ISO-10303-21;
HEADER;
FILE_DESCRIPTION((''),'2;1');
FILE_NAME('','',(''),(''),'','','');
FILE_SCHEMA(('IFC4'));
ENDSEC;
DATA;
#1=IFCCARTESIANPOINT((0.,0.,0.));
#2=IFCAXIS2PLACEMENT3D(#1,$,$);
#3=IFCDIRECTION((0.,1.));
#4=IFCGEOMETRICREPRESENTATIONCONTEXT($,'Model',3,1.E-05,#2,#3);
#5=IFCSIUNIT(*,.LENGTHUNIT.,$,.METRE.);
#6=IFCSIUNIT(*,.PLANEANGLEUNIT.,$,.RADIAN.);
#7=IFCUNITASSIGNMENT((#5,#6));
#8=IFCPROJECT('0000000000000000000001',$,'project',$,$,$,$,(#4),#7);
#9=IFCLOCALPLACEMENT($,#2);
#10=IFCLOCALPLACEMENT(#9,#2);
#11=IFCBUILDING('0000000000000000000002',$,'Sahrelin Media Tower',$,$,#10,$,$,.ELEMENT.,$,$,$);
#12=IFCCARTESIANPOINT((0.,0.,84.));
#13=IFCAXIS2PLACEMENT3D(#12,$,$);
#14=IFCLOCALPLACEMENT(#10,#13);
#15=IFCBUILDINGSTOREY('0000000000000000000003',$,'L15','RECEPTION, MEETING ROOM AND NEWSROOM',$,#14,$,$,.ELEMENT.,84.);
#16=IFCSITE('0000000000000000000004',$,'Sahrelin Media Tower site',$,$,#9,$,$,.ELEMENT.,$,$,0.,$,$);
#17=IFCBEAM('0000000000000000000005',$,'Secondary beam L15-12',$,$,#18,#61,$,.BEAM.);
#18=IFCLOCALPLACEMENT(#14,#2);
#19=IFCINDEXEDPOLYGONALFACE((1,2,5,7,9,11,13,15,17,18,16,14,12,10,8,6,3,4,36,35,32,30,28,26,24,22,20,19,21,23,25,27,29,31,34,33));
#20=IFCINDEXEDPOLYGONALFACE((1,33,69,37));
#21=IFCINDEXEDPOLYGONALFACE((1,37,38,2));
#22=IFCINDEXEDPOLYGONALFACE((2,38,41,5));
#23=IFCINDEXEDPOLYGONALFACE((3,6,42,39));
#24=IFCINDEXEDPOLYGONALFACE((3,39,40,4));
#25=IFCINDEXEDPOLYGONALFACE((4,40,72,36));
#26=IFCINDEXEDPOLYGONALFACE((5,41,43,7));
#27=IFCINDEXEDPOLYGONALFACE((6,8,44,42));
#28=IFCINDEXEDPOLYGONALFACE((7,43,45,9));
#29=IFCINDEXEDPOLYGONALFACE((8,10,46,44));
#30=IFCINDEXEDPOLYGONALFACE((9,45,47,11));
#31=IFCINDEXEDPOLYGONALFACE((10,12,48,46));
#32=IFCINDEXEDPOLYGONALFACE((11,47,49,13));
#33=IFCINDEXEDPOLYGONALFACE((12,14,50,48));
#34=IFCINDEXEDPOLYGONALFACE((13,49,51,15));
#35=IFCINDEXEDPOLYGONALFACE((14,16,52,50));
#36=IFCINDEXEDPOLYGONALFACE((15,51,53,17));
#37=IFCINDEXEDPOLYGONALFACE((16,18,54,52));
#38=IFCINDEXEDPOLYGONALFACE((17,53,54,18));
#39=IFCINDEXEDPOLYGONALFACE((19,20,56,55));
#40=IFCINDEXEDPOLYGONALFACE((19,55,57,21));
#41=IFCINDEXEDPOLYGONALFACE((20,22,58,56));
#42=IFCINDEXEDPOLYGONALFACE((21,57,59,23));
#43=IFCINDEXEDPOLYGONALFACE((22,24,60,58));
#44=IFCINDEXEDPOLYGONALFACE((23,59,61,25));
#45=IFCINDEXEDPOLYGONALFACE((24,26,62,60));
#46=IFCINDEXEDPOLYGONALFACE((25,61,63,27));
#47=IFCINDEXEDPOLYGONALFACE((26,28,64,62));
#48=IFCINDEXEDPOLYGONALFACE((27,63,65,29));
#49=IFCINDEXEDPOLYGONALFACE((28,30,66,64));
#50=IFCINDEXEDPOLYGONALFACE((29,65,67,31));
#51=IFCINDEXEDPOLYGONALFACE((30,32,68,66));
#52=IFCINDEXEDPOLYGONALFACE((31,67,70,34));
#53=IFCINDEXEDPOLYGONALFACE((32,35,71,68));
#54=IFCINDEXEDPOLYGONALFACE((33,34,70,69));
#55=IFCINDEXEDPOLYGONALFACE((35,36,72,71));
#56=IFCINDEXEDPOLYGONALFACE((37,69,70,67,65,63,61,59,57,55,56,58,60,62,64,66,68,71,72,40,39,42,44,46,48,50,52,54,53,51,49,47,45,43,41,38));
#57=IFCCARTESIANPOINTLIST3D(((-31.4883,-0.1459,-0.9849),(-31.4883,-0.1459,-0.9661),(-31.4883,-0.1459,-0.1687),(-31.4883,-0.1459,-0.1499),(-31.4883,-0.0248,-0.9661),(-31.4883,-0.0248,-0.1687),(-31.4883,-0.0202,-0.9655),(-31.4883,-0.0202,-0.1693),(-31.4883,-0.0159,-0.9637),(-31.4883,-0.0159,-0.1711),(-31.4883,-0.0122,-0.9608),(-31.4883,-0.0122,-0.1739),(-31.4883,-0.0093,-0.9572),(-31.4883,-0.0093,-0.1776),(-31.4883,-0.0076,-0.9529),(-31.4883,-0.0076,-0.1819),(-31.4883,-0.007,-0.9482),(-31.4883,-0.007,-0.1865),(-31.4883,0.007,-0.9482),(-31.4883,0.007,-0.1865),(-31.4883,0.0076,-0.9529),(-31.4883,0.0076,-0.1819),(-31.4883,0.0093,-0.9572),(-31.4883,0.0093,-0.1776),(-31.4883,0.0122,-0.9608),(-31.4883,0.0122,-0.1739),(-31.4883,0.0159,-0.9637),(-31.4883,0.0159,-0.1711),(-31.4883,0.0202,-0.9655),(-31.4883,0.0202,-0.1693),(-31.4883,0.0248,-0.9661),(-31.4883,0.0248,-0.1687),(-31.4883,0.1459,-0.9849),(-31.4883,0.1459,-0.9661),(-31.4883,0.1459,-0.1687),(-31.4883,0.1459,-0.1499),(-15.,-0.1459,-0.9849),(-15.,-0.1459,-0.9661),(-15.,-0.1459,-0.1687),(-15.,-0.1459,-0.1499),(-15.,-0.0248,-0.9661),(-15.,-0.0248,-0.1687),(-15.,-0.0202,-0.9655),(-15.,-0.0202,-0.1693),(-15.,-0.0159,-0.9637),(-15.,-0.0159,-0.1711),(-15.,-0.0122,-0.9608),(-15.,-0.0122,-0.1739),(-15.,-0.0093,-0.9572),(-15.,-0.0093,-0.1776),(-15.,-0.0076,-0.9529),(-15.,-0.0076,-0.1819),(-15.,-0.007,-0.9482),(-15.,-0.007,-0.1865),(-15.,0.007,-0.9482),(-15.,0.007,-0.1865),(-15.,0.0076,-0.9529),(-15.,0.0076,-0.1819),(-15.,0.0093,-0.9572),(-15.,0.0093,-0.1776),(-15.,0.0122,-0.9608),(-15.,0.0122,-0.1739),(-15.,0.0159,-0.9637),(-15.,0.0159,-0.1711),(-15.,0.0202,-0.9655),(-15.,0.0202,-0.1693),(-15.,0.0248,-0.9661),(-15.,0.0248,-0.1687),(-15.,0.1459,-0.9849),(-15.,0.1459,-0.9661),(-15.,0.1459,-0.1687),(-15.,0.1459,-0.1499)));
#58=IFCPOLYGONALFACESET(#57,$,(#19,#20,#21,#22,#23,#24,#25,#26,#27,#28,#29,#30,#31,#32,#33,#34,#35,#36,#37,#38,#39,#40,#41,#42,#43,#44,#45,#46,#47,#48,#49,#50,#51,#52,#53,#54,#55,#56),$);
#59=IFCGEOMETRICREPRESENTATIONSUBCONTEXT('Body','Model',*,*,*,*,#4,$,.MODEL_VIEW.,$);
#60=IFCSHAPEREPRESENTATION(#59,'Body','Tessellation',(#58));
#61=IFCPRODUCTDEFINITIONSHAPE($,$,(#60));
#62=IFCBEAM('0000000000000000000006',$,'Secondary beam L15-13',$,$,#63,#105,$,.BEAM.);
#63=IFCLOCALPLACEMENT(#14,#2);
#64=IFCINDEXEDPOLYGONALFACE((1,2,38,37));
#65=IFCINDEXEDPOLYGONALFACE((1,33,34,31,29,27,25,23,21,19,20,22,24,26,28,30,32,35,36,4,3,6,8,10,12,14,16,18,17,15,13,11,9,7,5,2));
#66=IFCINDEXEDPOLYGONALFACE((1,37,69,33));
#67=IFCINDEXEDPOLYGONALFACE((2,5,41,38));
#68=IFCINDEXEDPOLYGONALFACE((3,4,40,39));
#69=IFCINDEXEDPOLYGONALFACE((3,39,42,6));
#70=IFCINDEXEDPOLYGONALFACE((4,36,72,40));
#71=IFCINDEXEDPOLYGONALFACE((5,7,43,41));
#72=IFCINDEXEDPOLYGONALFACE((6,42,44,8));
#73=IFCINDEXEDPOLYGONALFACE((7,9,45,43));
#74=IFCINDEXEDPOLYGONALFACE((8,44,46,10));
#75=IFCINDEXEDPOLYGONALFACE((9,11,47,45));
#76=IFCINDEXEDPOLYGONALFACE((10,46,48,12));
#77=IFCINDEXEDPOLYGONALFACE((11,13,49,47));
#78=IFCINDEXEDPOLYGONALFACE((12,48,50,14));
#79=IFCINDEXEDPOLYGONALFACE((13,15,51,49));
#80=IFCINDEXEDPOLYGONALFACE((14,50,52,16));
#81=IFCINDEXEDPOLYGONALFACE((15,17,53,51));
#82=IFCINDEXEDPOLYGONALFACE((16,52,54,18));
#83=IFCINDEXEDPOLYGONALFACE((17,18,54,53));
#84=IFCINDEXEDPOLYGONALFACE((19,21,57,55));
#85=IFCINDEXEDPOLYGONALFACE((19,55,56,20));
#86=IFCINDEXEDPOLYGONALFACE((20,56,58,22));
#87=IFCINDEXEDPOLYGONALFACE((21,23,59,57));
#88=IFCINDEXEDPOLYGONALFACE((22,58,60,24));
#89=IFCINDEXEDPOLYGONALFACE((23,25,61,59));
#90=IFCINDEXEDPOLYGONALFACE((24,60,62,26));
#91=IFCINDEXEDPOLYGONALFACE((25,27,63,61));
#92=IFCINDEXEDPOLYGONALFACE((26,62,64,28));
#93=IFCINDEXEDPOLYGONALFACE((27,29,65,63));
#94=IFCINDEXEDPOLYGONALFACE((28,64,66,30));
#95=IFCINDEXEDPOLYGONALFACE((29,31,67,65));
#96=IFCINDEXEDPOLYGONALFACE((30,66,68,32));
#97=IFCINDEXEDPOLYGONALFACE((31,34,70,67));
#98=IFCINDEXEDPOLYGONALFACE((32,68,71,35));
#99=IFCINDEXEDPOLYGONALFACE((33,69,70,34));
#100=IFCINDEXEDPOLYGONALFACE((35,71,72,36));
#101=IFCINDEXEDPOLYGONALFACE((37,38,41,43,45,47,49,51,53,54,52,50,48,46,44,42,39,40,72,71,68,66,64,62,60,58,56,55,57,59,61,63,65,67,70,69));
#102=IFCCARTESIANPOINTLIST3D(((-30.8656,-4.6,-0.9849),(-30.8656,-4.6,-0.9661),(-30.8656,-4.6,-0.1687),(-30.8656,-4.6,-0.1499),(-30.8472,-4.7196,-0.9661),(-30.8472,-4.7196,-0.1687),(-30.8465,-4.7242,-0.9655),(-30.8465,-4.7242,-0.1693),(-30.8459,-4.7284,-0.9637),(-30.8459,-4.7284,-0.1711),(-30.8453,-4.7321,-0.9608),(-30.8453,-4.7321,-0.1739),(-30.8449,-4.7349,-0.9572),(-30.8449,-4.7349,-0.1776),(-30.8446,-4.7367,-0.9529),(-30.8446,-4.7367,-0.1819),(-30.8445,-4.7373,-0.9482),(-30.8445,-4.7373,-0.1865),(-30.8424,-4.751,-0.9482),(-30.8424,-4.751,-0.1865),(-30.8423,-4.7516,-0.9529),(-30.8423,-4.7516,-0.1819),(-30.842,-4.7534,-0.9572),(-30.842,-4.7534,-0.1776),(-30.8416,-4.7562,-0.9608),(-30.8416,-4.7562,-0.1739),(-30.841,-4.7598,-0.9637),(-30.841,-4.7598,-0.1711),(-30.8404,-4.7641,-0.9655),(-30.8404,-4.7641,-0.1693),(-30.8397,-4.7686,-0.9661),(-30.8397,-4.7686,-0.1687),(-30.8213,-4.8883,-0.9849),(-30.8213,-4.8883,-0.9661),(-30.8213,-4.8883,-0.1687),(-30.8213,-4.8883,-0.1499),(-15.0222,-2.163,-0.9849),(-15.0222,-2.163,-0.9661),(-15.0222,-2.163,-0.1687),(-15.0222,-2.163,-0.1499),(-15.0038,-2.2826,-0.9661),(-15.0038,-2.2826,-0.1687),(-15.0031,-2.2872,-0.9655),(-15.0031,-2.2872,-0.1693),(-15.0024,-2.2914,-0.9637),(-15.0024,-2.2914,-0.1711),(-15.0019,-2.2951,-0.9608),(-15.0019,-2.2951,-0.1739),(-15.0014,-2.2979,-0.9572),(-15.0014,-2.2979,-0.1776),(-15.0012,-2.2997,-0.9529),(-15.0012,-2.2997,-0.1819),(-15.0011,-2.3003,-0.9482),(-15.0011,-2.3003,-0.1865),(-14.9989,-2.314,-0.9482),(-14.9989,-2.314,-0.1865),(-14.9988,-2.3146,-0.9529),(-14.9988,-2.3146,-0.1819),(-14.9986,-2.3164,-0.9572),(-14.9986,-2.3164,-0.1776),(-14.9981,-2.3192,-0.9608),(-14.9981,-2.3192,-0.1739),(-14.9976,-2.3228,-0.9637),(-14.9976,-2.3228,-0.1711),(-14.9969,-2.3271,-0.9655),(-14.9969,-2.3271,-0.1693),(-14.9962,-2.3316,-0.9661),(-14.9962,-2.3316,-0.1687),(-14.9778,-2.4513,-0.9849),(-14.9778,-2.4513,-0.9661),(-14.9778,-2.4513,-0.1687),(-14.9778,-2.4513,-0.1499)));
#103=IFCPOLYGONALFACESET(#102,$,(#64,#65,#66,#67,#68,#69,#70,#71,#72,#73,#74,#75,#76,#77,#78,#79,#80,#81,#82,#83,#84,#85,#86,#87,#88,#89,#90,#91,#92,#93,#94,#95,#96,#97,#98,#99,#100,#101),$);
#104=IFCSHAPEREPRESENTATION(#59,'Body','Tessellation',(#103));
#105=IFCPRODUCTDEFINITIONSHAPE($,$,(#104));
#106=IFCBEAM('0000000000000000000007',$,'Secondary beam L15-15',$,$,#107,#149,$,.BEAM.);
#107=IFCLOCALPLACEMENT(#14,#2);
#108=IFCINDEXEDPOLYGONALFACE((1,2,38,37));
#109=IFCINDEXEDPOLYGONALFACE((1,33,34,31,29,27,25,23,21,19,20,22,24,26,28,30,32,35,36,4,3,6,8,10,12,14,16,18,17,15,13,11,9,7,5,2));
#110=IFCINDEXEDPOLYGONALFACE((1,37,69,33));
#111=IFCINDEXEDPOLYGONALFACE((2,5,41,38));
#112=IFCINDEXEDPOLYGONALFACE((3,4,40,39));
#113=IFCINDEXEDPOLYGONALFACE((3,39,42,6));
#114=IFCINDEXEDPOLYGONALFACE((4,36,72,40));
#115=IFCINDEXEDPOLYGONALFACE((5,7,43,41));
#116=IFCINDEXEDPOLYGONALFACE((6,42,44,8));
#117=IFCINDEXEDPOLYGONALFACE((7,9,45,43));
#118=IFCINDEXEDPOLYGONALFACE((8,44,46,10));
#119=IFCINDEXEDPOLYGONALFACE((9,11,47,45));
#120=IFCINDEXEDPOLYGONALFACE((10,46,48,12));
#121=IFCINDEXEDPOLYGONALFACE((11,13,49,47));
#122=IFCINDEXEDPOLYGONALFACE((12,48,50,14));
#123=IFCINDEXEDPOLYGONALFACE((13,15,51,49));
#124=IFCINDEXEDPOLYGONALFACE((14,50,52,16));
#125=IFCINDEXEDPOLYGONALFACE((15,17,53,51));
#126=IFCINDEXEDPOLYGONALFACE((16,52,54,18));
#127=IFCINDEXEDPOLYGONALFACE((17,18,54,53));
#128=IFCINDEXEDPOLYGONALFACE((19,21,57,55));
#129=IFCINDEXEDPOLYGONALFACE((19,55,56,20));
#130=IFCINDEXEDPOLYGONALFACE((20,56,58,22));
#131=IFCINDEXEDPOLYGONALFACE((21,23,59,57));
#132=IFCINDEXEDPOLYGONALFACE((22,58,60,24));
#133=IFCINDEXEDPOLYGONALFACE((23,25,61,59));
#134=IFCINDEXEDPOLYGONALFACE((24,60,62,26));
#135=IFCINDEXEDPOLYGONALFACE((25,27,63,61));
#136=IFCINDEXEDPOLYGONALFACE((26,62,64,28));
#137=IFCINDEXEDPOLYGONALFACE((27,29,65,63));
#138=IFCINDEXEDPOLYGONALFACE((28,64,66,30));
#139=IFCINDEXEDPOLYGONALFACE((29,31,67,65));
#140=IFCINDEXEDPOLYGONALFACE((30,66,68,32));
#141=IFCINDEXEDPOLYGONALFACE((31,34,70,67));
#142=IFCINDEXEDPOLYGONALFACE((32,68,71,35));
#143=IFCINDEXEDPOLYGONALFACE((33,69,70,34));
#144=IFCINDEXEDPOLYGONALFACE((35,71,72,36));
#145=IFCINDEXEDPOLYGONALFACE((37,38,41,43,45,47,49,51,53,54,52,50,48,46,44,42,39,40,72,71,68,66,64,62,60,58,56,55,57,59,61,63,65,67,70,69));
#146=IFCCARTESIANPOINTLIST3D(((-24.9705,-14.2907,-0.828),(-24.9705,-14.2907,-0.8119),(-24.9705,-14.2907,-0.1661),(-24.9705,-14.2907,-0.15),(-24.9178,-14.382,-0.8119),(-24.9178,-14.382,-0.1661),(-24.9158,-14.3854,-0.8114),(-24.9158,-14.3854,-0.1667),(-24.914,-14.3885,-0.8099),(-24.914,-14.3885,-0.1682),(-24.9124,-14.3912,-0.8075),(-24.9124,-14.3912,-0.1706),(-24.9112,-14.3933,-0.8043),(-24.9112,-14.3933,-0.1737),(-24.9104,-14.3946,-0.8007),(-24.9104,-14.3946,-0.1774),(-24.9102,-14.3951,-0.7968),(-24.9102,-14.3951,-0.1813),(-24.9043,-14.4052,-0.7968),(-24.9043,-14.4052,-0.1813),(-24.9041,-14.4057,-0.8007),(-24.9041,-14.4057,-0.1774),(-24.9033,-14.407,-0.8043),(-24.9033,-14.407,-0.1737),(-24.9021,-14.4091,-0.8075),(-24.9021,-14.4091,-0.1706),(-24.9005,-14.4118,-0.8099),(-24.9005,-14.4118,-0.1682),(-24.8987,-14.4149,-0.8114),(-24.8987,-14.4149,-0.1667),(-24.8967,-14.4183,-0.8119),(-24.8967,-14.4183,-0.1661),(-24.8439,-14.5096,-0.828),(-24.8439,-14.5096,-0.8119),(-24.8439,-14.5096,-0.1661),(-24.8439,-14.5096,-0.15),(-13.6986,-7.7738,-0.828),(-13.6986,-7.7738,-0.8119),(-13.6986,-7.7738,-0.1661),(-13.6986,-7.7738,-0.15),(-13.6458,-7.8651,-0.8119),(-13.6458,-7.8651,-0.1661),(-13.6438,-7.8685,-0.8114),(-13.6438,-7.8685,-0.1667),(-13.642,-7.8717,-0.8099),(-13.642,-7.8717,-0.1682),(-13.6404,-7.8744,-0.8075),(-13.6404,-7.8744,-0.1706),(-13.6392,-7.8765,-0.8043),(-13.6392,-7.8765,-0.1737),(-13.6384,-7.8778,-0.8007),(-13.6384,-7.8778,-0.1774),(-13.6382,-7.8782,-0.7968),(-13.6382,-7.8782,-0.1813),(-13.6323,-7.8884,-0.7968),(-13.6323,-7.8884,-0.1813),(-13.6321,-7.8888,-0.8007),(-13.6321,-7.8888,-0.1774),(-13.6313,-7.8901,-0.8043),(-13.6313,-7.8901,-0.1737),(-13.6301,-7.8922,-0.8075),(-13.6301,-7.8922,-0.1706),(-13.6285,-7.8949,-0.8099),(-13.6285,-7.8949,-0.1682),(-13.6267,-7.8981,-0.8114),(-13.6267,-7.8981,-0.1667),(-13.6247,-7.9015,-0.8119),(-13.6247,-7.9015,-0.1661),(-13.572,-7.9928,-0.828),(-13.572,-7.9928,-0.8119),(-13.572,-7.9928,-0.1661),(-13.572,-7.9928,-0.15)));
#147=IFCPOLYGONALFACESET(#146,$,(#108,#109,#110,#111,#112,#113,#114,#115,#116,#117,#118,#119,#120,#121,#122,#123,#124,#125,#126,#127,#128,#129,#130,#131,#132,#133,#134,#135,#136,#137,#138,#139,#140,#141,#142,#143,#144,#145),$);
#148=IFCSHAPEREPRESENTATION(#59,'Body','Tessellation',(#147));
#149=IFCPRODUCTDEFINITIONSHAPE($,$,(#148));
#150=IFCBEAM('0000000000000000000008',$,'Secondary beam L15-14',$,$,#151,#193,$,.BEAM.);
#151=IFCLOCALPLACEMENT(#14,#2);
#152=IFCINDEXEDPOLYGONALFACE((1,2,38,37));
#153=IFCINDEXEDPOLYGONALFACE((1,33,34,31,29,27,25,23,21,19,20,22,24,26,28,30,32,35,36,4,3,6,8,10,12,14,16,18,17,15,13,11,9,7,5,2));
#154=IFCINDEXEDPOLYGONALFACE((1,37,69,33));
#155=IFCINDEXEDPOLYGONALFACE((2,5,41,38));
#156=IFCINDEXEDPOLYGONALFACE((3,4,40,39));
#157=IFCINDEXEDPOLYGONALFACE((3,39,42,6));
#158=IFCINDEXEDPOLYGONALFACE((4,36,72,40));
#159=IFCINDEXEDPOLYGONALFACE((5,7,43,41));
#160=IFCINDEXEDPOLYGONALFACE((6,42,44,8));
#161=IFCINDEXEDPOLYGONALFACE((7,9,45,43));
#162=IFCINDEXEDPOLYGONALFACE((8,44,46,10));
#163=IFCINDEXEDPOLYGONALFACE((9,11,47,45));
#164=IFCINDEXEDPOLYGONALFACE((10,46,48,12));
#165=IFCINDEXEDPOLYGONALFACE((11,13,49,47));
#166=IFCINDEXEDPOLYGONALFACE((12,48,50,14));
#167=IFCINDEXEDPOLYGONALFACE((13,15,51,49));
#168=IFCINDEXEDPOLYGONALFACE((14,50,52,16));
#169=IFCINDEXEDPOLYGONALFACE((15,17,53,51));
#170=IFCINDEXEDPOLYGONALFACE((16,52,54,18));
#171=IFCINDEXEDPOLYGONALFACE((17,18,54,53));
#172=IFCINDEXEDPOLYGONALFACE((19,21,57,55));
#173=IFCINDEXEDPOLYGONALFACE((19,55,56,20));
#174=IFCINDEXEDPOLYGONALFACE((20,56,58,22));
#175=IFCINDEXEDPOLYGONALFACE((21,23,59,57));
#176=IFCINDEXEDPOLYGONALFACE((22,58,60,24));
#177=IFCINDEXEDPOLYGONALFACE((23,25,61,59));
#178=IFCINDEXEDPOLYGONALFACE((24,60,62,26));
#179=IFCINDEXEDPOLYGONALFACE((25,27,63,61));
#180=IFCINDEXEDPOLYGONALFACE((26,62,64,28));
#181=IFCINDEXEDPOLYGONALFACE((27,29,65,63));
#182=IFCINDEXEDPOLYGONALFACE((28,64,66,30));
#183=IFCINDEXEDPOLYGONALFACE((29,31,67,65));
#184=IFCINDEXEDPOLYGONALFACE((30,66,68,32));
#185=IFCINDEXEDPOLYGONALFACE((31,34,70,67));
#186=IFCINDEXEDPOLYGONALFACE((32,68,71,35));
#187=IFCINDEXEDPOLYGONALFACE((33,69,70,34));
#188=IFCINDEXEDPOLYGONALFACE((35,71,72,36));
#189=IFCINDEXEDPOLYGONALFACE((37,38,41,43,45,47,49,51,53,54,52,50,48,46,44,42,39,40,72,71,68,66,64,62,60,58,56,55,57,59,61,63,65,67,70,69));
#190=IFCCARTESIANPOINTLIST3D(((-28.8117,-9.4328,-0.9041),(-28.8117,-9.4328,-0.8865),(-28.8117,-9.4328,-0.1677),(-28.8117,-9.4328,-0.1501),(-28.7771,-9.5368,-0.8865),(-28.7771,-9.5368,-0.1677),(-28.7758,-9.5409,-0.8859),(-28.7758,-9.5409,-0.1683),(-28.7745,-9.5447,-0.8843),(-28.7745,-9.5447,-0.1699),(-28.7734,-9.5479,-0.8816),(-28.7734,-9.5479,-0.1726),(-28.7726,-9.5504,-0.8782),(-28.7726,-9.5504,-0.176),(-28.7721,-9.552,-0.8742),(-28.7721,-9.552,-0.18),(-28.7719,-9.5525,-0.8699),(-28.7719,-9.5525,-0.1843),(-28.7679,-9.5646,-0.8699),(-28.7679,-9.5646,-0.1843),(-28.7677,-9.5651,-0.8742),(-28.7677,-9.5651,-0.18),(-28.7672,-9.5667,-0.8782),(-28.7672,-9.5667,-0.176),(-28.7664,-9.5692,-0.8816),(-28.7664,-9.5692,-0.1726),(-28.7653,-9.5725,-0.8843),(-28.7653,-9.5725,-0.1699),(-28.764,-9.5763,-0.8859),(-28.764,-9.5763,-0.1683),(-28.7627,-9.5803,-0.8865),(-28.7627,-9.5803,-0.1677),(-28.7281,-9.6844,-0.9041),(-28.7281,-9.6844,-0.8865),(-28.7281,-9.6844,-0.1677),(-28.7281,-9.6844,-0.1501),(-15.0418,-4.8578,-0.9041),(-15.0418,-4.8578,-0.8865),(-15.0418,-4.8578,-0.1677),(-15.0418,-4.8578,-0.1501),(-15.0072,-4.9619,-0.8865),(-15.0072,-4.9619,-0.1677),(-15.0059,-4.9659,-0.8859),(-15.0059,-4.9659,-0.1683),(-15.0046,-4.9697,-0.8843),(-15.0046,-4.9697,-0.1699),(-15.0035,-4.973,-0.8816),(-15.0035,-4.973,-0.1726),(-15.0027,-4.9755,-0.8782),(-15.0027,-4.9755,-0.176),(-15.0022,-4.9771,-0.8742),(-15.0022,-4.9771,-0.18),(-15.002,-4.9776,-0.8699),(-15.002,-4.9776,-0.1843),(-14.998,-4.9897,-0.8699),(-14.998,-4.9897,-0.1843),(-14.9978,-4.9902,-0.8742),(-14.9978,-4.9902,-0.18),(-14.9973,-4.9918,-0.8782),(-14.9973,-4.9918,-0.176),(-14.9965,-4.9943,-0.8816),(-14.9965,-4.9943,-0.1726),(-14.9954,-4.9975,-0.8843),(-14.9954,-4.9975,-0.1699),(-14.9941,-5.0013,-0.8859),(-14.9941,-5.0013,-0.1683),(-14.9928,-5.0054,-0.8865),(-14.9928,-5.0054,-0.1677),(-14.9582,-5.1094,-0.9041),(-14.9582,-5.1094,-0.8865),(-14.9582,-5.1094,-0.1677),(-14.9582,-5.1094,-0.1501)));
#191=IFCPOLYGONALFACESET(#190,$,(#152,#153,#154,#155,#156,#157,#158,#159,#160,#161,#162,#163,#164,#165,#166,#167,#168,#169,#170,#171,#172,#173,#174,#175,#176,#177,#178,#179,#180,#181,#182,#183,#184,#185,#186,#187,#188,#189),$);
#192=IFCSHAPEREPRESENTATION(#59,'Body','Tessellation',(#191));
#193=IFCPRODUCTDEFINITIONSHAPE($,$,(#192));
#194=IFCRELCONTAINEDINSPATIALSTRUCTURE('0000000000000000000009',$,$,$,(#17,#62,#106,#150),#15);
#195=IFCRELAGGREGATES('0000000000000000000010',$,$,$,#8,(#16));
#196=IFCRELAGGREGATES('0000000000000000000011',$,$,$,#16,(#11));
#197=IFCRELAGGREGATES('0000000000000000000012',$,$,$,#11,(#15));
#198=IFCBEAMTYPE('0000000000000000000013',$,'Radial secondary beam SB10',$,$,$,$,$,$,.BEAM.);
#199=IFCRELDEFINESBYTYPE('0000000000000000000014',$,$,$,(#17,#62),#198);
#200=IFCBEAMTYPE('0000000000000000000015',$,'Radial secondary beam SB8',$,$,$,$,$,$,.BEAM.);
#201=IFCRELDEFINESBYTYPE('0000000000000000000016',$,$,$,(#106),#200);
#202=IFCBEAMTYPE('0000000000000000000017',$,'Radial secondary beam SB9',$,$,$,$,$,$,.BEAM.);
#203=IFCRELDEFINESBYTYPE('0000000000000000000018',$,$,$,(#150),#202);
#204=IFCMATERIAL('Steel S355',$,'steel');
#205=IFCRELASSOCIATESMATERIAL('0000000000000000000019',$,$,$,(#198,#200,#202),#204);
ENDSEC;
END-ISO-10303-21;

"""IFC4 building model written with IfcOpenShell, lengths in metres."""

from ifc_helpers import new_model, si_unit, direction, frame, origin, origin_2d, place, context, subcontext, project, spatial, i_section, extrude, material, material_profile, profile_set, type_object, element, save


model = new_model("IFC4")

# Units and contexts
model_context = context("Model", 3, precision=1e-05, world=origin(), true_north=direction((0.0, 1.0)))
body_context = subcontext(model_context, "Body", "Model", "MODEL_VIEW")
ifc_project = project(units=[si_unit("LENGTHUNIT", "METRE"), si_unit("PLANEANGLEUNIT", "RADIAN")], contexts=[model_context])

# Site, building, storey
site_placement = place(None, origin())
site = spatial("IfcSite", under=ifc_project, at=site_placement, Name="Sahrelin Media Tower site", CompositionType="ELEMENT", RefElevation=0.0)
building_placement = place(site_placement, origin())
building = spatial("IfcBuilding", under=site, at=building_placement, Name="Sahrelin Media Tower", CompositionType="ELEMENT")
storey_placement = place(building_placement, frame((0.0, 0.0, 84.0)))
storey = spatial("IfcBuildingStorey", under=building, at=storey_placement, Name="L15", Description="RECEPTION, MEETING ROOM AND NEWSROOM", CompositionType="ELEMENT", Elevation=84.0)

# Beams
ifc_material_1 = material(Name="Steel S355", Category="steel")
ifc_material_profile_1 = material_profile(ifc_material_1, i_section(OverallWidth=0.2917, OverallDepth=0.835, WebThickness=0.0139, FlangeThickness=0.0188, FilletRadius=0.0178, at=origin_2d()), Name="UB 838x292x176")
ifc_profile_set_1 = profile_set([ifc_material_profile_1], Name="Steel S355")
beam_type_1 = type_object("IfcBeamType", Name="Radial secondary beam SB10", PredefinedType="BEAM", material=ifc_profile_set_1)
beam_1_placement = place(storey_placement, frame((-15.0, 0.0, -0.5674), z_axis=(-1.0, 0.0, 0.0), x_axis=(0.0, -1.0, 0.0)))
element("IfcBeam", 1, at=beam_1_placement, inside=storey, type_object=beam_type_1, Name="Secondary beam L15-12", PredefinedType="BEAM", context=body_context, shape_type="SweptSolid", body=[
    extrude(i_section(OverallWidth=0.2917, OverallDepth=0.835, WebThickness=0.0139, FlangeThickness=0.0188, FilletRadius=0.0178, at=origin_2d()), origin(), (0.0, 0.0, 1.0), 16.4883),
])
beam_2_placement = place(storey_placement, frame((-15.0, -2.3071, -0.5674), z_axis=(-0.988376, -0.15203, 0.0), x_axis=(0.15203, -0.988376, 0.0)))
element("IfcBeam", 2, at=beam_2_placement, inside=storey, type_object=beam_type_1, Name="Secondary beam L15-13", PredefinedType="BEAM", context=body_context, shape_type="SweptSolid", body=[
    extrude(i_section(OverallWidth=0.2917, OverallDepth=0.835, WebThickness=0.0139, FlangeThickness=0.0188, FilletRadius=0.0178, at=origin_2d()), origin(), (0.0, 0.0, 1.0), 16.0298),
])
ifc_material_profile_2 = material_profile(ifc_material_1, i_section(OverallWidth=0.2529, OverallDepth=0.678, WebThickness=0.0117, FlangeThickness=0.0161, FilletRadius=0.0151, at=origin_2d()), Name="UB 686x254x125")
ifc_profile_set_2 = profile_set([ifc_material_profile_2], Name="Steel S355")
beam_type_2 = type_object("IfcBeamType", Name="Radial secondary beam SB8", PredefinedType="BEAM", material=ifc_profile_set_2)
beam_3_placement = place(storey_placement, frame((-13.6353, -7.8833, -0.489), z_axis=(-0.865727, -0.500517, 0.0), x_axis=(0.500517, -0.865727, 0.0)))
element("IfcBeam", 3, at=beam_3_placement, inside=storey, type_object=beam_type_2, Name="Secondary beam L15-15", PredefinedType="BEAM", context=body_context, shape_type="SweptSolid", body=[
    extrude(i_section(OverallWidth=0.2529, OverallDepth=0.678, WebThickness=0.0117, FlangeThickness=0.0161, FilletRadius=0.0151, at=origin_2d()), origin(), (0.0, 0.0, 1.0), 13.0203),
])
ifc_material_profile_3 = material_profile(ifc_material_1, i_section(OverallWidth=0.2651, OverallDepth=0.7539, WebThickness=0.0127, FlangeThickness=0.0176, FilletRadius=0.0166, at=origin_2d()), Name="UB 762x267x147")
ifc_profile_set_3 = profile_set([ifc_material_profile_3], Name="Steel S355")
beam_type_3 = type_object("IfcBeamType", Name="Radial secondary beam SB9", PredefinedType="BEAM", material=ifc_profile_set_3)
beam_4_placement = place(storey_placement, frame((-15.0, -4.9836, -0.5271), z_axis=(-0.948994, -0.315294, 0.0), x_axis=(0.315294, -0.948994, 0.0)))
element("IfcBeam", 4, at=beam_4_placement, inside=storey, type_object=beam_type_3, Name="Secondary beam L15-14", PredefinedType="BEAM", context=body_context, shape_type="SweptSolid", body=[
    extrude(i_section(OverallWidth=0.2651, OverallDepth=0.7539, WebThickness=0.0127, FlangeThickness=0.0176, FilletRadius=0.0166, at=origin_2d()), origin(), (0.0, 0.0, 1.0), 14.51),
])

save(model, "model.ifc")
